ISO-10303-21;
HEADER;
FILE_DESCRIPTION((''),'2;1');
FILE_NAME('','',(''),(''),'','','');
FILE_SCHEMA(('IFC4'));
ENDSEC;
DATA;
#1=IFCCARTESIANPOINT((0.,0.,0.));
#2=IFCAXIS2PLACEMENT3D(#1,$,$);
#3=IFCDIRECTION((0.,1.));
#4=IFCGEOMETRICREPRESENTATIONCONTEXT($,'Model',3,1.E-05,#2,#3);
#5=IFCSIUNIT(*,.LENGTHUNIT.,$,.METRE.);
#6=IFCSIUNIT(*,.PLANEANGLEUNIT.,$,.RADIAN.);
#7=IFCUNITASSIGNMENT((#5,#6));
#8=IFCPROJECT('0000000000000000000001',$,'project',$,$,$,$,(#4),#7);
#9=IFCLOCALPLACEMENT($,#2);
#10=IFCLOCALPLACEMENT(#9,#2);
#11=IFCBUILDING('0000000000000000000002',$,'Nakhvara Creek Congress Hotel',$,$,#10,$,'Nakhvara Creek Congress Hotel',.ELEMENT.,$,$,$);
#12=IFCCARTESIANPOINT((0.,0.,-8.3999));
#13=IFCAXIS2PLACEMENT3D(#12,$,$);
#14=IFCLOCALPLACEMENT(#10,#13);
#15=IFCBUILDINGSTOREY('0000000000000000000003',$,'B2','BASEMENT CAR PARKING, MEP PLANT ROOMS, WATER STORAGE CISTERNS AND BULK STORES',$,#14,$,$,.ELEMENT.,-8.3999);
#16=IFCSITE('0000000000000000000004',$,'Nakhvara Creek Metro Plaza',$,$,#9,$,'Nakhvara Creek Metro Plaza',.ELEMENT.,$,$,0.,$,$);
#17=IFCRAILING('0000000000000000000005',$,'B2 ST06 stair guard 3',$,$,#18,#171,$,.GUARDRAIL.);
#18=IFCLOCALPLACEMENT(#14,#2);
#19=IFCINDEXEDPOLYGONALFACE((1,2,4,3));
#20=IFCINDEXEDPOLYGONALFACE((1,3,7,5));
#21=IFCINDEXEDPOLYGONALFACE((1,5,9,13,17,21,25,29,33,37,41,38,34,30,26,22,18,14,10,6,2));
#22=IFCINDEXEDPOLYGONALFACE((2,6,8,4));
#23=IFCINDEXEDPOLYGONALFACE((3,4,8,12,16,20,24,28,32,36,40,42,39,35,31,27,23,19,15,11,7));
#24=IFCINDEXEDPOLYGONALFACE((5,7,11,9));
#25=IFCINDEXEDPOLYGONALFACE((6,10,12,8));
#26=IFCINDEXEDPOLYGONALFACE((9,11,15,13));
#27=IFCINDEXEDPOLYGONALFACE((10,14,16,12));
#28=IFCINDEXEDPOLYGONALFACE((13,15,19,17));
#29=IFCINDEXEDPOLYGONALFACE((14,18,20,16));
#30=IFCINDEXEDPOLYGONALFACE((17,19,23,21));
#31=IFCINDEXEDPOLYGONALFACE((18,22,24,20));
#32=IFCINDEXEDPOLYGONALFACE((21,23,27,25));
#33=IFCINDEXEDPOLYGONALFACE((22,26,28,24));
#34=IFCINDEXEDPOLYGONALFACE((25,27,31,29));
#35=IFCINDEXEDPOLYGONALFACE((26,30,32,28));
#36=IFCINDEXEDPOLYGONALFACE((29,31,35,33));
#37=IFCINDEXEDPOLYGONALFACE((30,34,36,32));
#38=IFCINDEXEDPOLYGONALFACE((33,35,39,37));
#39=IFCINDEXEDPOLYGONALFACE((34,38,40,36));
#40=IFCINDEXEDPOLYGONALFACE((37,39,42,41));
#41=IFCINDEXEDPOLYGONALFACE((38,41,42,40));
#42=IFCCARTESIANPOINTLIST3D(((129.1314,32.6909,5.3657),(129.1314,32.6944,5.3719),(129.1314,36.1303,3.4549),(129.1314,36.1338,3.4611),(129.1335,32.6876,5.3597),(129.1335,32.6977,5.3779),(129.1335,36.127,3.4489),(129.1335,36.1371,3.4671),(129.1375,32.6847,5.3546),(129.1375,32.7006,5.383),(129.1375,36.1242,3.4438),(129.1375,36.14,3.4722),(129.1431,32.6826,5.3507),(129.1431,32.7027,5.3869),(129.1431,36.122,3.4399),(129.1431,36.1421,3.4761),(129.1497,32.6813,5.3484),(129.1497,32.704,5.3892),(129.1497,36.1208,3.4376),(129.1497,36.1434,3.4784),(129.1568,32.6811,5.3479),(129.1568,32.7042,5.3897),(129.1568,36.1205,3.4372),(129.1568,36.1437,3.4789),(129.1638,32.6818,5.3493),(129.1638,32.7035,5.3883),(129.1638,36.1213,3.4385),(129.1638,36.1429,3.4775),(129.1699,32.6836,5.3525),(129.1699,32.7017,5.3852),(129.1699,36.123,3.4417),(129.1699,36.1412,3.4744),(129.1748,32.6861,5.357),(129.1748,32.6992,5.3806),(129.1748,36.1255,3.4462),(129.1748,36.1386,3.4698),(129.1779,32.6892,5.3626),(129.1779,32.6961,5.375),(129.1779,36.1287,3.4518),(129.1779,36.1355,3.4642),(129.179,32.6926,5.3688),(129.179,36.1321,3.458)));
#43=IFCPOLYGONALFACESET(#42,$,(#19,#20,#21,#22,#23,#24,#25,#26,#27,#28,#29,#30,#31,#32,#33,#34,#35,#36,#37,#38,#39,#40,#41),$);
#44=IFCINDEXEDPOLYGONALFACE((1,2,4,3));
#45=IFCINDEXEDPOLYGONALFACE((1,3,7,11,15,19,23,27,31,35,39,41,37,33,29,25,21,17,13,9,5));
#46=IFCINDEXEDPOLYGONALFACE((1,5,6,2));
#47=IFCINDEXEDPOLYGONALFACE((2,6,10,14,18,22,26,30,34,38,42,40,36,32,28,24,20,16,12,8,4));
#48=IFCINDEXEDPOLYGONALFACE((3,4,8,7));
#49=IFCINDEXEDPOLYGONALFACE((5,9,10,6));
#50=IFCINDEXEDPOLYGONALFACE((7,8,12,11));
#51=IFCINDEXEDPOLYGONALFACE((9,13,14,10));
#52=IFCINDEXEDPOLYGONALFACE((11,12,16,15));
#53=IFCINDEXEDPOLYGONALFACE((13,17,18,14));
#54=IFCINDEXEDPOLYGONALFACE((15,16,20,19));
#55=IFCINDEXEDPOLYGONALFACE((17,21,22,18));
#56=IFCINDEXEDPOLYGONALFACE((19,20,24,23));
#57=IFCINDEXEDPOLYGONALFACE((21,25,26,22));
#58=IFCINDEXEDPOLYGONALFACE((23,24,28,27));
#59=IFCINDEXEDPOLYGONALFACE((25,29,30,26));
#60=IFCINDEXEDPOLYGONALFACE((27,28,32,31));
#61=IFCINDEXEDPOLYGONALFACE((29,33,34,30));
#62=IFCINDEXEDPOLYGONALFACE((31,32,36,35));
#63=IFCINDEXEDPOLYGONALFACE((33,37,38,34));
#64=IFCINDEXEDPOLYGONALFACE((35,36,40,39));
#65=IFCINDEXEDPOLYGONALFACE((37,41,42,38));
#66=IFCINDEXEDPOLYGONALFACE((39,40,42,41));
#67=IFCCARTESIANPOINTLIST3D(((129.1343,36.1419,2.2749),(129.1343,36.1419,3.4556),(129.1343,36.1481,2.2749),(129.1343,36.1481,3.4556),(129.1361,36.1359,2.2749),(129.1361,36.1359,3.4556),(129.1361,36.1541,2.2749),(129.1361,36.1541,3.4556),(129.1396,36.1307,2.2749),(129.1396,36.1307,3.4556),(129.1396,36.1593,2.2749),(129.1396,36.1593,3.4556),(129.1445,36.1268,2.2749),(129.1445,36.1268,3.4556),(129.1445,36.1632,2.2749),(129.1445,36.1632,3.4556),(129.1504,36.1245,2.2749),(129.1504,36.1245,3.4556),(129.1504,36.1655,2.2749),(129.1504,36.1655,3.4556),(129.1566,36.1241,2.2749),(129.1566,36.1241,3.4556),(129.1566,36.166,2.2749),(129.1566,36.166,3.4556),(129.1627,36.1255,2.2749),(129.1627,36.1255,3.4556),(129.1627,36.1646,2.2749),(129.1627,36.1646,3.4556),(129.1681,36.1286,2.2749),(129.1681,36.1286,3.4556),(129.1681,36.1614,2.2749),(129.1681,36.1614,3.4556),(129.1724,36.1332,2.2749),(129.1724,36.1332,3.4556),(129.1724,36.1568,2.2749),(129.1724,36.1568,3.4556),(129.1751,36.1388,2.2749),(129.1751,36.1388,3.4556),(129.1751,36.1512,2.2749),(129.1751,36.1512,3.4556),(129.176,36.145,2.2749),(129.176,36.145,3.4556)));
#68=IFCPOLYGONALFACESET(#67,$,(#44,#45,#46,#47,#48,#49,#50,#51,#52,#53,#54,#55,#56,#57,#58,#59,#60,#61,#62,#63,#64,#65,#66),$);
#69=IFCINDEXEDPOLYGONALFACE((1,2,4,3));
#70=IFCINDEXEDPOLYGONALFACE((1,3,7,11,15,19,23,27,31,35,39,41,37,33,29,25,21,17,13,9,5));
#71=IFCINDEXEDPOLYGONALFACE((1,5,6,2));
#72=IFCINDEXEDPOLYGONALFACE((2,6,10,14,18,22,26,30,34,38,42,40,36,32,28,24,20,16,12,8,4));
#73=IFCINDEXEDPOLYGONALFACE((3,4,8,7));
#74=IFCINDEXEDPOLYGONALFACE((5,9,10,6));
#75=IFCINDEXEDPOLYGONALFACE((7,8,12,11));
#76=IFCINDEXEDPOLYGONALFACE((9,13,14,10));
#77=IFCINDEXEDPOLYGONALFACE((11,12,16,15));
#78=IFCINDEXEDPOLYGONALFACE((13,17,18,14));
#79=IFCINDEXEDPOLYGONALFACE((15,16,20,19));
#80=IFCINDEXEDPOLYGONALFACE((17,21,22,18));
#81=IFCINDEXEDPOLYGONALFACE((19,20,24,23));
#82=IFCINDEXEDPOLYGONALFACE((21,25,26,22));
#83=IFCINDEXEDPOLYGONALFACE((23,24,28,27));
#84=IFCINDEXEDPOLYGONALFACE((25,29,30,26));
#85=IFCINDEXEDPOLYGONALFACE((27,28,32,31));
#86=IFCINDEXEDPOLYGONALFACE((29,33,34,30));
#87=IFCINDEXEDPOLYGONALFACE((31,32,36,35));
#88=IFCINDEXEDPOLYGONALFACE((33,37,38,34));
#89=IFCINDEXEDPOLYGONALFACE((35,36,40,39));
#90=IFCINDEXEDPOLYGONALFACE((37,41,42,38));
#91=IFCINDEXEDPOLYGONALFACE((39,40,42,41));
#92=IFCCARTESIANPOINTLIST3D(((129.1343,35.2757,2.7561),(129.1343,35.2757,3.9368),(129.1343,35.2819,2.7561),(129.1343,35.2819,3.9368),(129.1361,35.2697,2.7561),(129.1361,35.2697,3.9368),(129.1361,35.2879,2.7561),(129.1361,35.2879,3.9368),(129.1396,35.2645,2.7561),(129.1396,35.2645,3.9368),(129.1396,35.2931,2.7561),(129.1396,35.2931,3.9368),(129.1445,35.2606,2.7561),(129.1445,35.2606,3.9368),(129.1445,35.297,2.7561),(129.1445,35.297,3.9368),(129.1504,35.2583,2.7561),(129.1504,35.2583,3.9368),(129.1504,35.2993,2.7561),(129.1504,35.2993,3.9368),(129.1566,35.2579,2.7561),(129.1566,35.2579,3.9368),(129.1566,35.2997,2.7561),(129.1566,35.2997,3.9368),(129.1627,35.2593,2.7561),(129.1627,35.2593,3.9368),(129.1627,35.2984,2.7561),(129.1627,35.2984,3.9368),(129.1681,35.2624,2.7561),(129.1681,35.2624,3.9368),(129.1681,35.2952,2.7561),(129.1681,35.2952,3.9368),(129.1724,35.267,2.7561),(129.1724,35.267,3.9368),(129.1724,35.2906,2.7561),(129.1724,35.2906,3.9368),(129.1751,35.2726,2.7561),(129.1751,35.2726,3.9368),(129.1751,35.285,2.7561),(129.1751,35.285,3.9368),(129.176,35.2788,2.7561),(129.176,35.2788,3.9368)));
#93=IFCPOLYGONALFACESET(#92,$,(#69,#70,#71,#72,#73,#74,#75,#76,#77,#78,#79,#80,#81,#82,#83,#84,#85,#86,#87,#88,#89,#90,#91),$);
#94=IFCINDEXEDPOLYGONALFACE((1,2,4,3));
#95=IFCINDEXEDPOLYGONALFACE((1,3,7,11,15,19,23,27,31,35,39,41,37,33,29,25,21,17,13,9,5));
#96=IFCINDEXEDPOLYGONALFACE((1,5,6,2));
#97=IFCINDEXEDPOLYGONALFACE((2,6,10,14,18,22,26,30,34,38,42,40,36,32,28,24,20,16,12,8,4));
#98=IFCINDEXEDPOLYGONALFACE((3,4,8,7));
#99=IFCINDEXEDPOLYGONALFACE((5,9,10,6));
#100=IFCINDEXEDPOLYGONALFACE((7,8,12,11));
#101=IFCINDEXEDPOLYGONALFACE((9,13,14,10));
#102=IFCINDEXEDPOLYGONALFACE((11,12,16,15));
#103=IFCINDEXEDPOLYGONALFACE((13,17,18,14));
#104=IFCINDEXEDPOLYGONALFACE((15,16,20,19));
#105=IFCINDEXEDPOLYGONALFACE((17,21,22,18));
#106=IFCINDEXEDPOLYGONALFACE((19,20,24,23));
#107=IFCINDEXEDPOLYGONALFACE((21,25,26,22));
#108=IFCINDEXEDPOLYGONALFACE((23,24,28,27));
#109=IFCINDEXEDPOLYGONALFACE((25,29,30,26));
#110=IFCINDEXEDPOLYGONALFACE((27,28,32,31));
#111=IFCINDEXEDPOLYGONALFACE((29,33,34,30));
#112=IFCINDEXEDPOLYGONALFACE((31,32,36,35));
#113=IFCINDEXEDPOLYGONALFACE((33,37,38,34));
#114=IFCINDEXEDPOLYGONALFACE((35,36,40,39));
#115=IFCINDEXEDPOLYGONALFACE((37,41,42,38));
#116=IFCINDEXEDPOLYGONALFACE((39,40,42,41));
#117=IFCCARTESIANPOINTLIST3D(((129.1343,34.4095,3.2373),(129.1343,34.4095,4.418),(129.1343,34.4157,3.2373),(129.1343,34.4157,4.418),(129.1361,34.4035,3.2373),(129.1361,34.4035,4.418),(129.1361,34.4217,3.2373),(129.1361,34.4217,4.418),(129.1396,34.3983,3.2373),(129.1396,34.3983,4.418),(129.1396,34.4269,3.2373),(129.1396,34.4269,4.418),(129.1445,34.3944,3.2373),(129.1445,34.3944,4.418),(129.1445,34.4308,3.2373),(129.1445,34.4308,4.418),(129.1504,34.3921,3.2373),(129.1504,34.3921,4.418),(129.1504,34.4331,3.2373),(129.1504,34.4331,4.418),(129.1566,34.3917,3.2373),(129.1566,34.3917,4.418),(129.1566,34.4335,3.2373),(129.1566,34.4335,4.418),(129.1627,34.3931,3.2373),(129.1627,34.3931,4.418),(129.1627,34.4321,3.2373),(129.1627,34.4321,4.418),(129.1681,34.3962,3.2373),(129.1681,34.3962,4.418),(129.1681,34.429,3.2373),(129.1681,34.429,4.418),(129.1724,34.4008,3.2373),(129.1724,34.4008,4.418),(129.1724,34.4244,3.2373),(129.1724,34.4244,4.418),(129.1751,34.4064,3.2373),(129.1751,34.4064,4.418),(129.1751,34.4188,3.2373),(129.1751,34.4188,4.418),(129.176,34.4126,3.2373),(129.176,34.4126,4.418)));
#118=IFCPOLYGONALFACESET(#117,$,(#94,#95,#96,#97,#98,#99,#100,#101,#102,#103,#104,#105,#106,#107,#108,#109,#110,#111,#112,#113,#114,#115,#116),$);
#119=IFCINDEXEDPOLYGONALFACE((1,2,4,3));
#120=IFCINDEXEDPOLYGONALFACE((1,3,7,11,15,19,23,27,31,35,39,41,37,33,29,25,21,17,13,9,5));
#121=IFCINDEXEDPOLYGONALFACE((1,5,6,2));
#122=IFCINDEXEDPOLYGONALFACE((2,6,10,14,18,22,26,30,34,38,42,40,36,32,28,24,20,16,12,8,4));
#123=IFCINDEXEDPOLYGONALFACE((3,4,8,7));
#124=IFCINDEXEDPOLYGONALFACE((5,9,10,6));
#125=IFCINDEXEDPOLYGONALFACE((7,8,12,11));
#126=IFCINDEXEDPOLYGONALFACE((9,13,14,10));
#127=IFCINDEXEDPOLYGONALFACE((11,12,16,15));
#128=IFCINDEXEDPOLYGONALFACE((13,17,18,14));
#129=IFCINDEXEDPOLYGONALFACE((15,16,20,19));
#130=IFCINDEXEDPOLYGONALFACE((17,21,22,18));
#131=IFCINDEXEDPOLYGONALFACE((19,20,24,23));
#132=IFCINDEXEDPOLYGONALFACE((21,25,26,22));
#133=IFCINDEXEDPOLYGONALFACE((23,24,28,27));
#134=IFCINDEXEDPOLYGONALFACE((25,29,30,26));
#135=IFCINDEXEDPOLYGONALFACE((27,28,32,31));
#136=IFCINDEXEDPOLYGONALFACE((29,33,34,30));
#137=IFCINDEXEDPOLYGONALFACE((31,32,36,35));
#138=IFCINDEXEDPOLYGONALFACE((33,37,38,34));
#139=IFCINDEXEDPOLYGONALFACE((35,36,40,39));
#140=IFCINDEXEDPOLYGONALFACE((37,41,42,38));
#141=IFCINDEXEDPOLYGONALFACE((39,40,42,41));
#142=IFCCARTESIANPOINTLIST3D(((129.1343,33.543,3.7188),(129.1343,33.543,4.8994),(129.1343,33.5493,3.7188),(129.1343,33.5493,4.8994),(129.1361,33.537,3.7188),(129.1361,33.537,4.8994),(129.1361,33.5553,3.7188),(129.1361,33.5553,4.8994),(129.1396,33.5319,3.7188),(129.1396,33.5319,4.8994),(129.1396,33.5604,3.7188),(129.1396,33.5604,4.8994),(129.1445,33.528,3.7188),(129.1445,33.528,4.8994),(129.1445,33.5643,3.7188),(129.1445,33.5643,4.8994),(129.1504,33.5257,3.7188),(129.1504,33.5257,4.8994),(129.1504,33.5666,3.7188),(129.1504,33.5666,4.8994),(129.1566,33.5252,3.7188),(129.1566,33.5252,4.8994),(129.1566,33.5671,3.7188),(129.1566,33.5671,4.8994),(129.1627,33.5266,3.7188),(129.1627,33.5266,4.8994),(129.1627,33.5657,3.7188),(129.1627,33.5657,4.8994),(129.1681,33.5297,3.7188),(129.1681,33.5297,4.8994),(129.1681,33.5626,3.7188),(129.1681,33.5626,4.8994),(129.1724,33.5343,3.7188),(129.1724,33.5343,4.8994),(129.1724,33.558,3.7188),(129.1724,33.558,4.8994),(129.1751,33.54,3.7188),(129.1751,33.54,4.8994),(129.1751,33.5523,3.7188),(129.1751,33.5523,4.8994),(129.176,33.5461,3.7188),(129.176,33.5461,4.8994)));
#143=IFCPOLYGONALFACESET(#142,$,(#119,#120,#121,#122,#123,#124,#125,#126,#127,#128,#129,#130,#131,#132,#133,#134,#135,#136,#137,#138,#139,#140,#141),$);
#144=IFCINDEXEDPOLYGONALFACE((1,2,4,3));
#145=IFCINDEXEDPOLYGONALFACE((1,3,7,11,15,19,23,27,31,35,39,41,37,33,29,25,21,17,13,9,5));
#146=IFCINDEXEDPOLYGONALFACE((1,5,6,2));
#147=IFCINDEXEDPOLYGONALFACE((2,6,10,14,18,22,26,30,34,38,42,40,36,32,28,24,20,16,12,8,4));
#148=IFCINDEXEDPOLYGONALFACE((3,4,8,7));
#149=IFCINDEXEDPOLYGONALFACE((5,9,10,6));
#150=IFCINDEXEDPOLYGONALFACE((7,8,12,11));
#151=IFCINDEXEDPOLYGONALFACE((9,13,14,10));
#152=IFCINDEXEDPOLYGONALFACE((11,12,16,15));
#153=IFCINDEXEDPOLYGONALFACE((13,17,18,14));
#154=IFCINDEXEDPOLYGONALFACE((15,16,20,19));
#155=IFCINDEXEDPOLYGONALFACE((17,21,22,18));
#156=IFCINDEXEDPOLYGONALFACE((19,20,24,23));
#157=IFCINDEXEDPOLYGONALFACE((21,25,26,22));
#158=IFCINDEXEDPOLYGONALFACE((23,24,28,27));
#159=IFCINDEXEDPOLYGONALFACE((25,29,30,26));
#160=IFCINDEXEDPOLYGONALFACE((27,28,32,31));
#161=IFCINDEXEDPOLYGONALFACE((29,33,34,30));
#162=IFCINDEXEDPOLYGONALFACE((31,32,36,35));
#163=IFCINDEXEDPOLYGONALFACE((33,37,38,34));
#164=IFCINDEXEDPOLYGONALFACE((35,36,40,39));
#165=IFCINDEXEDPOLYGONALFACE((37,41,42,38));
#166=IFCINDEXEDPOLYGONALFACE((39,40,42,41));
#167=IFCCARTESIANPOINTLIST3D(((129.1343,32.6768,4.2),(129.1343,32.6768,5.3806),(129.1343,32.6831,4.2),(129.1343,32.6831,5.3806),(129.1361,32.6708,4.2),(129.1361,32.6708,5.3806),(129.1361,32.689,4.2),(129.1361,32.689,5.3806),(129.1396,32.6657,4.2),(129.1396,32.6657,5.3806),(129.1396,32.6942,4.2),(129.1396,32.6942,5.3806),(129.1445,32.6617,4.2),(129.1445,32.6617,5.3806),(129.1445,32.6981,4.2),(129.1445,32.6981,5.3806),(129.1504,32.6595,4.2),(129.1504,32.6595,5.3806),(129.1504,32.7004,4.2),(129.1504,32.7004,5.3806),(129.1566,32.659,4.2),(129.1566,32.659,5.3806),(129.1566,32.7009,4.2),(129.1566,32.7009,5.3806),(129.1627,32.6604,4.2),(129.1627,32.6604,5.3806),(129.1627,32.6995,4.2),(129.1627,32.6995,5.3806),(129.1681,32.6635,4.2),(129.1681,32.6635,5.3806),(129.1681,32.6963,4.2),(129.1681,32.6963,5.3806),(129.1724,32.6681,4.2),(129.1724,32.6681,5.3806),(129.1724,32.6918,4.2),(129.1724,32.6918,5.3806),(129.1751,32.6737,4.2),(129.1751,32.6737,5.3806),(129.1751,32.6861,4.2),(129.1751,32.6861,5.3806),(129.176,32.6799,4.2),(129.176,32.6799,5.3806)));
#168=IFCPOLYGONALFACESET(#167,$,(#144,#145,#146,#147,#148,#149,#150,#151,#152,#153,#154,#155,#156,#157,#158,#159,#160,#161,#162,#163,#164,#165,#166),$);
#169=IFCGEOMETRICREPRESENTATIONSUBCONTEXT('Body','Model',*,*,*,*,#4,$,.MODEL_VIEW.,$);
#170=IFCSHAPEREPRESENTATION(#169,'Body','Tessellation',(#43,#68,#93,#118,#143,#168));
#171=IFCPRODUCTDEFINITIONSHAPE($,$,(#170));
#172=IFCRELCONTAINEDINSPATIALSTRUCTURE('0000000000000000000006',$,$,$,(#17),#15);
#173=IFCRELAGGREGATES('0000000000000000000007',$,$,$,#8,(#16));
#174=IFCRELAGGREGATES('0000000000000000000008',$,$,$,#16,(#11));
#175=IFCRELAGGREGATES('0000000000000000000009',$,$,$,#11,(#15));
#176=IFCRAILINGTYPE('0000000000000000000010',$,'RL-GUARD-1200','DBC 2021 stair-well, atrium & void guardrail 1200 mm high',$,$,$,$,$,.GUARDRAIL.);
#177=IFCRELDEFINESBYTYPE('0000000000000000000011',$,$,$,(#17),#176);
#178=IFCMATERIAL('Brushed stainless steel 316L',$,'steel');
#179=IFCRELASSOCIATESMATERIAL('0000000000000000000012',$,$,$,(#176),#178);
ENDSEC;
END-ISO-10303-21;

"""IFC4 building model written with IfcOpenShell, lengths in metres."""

from ifc_helpers import new_model, si_unit, direction, frame, origin, origin_2d, place, context, subcontext, project, spatial, circle, extrude, material, type_object, element, save


model = new_model("IFC4")

# Units and contexts
model_context = context("Model", 3, precision=1e-05, world=origin(), true_north=direction((0.0, 1.0)))
body_context = subcontext(model_context, "Body", "Model", "MODEL_VIEW")
ifc_project = project(units=[si_unit("LENGTHUNIT", "METRE"), si_unit("PLANEANGLEUNIT", "RADIAN")], contexts=[model_context])

# Site, building, storey
site_placement = place(None, origin())
site = spatial("IfcSite", under=ifc_project, at=site_placement, Name="Nakhvara Creek Metro Plaza", LongName="Nakhvara Creek Metro Plaza", CompositionType="ELEMENT", RefElevation=0.0)
building_placement = place(site_placement, origin())
building = spatial("IfcBuilding", under=site, at=building_placement, Name="Nakhvara Creek Congress Hotel", LongName="Nakhvara Creek Congress Hotel", CompositionType="ELEMENT")
storey_placement = place(building_placement, frame((0.0, 0.0, -8.3999)))
storey = spatial("IfcBuildingStorey", under=building, at=storey_placement, Name="B2", Description="BASEMENT CAR PARKING, MEP PLANT ROOMS, WATER STORAGE CISTERNS AND BULK STORES", CompositionType="ELEMENT", Elevation=-8.3999)

# Railing
ifc_material_1 = material(Name="Brushed stainless steel 316L", Category="steel")
railing_type_1 = type_object("IfcRailingType", Name="RL-GUARD-1200", Description="DBC 2021 stair-well, atrium & void guardrail 1200 mm high", PredefinedType="GUARDRAIL", material=ifc_material_1)
railing_1_placement = place(storey_placement, frame((129.155, 36.145, 2.2749)))
element("IfcRailing", 1, at=railing_1_placement, inside=storey, type_object=railing_type_1, Name="B2 ST06 stair guard 3", PredefinedType="GUARDRAIL", context=body_context, shape_type="SweptSolid", body=[
    extrude(circle(Radius=0.0239, at=origin_2d()), frame((0.0, -0.0129, 1.1831), z_axis=(0.0, -0.874157, 0.485643), x_axis=(1.0, 0.0, 0.0)), (0.0, 0.0, 1.0), 3.9346),
    extrude(circle(Radius=0.021, at=origin_2d()), origin(), (0.0, 0.0, 1.0), 1.1807),
    extrude(circle(Radius=0.021, at=origin_2d()), frame((0.0, -0.8662, 0.4812)), (0.0, 0.0, 1.0), 1.1807),
    extrude(circle(Radius=0.021, at=origin_2d()), frame((0.0, -1.7324, 0.9624)), (0.0, 0.0, 1.0), 1.1807),
    extrude(circle(Radius=0.021, at=origin_2d()), frame((0.0, -2.5989, 1.4438)), (0.0, 0.0, 1.0), 1.1807),
    extrude(circle(Radius=0.021, at=origin_2d()), frame((0.0, -3.4651, 1.925)), (0.0, 0.0, 1.0), 1.1807),
])

save(model, "model.ifc")
